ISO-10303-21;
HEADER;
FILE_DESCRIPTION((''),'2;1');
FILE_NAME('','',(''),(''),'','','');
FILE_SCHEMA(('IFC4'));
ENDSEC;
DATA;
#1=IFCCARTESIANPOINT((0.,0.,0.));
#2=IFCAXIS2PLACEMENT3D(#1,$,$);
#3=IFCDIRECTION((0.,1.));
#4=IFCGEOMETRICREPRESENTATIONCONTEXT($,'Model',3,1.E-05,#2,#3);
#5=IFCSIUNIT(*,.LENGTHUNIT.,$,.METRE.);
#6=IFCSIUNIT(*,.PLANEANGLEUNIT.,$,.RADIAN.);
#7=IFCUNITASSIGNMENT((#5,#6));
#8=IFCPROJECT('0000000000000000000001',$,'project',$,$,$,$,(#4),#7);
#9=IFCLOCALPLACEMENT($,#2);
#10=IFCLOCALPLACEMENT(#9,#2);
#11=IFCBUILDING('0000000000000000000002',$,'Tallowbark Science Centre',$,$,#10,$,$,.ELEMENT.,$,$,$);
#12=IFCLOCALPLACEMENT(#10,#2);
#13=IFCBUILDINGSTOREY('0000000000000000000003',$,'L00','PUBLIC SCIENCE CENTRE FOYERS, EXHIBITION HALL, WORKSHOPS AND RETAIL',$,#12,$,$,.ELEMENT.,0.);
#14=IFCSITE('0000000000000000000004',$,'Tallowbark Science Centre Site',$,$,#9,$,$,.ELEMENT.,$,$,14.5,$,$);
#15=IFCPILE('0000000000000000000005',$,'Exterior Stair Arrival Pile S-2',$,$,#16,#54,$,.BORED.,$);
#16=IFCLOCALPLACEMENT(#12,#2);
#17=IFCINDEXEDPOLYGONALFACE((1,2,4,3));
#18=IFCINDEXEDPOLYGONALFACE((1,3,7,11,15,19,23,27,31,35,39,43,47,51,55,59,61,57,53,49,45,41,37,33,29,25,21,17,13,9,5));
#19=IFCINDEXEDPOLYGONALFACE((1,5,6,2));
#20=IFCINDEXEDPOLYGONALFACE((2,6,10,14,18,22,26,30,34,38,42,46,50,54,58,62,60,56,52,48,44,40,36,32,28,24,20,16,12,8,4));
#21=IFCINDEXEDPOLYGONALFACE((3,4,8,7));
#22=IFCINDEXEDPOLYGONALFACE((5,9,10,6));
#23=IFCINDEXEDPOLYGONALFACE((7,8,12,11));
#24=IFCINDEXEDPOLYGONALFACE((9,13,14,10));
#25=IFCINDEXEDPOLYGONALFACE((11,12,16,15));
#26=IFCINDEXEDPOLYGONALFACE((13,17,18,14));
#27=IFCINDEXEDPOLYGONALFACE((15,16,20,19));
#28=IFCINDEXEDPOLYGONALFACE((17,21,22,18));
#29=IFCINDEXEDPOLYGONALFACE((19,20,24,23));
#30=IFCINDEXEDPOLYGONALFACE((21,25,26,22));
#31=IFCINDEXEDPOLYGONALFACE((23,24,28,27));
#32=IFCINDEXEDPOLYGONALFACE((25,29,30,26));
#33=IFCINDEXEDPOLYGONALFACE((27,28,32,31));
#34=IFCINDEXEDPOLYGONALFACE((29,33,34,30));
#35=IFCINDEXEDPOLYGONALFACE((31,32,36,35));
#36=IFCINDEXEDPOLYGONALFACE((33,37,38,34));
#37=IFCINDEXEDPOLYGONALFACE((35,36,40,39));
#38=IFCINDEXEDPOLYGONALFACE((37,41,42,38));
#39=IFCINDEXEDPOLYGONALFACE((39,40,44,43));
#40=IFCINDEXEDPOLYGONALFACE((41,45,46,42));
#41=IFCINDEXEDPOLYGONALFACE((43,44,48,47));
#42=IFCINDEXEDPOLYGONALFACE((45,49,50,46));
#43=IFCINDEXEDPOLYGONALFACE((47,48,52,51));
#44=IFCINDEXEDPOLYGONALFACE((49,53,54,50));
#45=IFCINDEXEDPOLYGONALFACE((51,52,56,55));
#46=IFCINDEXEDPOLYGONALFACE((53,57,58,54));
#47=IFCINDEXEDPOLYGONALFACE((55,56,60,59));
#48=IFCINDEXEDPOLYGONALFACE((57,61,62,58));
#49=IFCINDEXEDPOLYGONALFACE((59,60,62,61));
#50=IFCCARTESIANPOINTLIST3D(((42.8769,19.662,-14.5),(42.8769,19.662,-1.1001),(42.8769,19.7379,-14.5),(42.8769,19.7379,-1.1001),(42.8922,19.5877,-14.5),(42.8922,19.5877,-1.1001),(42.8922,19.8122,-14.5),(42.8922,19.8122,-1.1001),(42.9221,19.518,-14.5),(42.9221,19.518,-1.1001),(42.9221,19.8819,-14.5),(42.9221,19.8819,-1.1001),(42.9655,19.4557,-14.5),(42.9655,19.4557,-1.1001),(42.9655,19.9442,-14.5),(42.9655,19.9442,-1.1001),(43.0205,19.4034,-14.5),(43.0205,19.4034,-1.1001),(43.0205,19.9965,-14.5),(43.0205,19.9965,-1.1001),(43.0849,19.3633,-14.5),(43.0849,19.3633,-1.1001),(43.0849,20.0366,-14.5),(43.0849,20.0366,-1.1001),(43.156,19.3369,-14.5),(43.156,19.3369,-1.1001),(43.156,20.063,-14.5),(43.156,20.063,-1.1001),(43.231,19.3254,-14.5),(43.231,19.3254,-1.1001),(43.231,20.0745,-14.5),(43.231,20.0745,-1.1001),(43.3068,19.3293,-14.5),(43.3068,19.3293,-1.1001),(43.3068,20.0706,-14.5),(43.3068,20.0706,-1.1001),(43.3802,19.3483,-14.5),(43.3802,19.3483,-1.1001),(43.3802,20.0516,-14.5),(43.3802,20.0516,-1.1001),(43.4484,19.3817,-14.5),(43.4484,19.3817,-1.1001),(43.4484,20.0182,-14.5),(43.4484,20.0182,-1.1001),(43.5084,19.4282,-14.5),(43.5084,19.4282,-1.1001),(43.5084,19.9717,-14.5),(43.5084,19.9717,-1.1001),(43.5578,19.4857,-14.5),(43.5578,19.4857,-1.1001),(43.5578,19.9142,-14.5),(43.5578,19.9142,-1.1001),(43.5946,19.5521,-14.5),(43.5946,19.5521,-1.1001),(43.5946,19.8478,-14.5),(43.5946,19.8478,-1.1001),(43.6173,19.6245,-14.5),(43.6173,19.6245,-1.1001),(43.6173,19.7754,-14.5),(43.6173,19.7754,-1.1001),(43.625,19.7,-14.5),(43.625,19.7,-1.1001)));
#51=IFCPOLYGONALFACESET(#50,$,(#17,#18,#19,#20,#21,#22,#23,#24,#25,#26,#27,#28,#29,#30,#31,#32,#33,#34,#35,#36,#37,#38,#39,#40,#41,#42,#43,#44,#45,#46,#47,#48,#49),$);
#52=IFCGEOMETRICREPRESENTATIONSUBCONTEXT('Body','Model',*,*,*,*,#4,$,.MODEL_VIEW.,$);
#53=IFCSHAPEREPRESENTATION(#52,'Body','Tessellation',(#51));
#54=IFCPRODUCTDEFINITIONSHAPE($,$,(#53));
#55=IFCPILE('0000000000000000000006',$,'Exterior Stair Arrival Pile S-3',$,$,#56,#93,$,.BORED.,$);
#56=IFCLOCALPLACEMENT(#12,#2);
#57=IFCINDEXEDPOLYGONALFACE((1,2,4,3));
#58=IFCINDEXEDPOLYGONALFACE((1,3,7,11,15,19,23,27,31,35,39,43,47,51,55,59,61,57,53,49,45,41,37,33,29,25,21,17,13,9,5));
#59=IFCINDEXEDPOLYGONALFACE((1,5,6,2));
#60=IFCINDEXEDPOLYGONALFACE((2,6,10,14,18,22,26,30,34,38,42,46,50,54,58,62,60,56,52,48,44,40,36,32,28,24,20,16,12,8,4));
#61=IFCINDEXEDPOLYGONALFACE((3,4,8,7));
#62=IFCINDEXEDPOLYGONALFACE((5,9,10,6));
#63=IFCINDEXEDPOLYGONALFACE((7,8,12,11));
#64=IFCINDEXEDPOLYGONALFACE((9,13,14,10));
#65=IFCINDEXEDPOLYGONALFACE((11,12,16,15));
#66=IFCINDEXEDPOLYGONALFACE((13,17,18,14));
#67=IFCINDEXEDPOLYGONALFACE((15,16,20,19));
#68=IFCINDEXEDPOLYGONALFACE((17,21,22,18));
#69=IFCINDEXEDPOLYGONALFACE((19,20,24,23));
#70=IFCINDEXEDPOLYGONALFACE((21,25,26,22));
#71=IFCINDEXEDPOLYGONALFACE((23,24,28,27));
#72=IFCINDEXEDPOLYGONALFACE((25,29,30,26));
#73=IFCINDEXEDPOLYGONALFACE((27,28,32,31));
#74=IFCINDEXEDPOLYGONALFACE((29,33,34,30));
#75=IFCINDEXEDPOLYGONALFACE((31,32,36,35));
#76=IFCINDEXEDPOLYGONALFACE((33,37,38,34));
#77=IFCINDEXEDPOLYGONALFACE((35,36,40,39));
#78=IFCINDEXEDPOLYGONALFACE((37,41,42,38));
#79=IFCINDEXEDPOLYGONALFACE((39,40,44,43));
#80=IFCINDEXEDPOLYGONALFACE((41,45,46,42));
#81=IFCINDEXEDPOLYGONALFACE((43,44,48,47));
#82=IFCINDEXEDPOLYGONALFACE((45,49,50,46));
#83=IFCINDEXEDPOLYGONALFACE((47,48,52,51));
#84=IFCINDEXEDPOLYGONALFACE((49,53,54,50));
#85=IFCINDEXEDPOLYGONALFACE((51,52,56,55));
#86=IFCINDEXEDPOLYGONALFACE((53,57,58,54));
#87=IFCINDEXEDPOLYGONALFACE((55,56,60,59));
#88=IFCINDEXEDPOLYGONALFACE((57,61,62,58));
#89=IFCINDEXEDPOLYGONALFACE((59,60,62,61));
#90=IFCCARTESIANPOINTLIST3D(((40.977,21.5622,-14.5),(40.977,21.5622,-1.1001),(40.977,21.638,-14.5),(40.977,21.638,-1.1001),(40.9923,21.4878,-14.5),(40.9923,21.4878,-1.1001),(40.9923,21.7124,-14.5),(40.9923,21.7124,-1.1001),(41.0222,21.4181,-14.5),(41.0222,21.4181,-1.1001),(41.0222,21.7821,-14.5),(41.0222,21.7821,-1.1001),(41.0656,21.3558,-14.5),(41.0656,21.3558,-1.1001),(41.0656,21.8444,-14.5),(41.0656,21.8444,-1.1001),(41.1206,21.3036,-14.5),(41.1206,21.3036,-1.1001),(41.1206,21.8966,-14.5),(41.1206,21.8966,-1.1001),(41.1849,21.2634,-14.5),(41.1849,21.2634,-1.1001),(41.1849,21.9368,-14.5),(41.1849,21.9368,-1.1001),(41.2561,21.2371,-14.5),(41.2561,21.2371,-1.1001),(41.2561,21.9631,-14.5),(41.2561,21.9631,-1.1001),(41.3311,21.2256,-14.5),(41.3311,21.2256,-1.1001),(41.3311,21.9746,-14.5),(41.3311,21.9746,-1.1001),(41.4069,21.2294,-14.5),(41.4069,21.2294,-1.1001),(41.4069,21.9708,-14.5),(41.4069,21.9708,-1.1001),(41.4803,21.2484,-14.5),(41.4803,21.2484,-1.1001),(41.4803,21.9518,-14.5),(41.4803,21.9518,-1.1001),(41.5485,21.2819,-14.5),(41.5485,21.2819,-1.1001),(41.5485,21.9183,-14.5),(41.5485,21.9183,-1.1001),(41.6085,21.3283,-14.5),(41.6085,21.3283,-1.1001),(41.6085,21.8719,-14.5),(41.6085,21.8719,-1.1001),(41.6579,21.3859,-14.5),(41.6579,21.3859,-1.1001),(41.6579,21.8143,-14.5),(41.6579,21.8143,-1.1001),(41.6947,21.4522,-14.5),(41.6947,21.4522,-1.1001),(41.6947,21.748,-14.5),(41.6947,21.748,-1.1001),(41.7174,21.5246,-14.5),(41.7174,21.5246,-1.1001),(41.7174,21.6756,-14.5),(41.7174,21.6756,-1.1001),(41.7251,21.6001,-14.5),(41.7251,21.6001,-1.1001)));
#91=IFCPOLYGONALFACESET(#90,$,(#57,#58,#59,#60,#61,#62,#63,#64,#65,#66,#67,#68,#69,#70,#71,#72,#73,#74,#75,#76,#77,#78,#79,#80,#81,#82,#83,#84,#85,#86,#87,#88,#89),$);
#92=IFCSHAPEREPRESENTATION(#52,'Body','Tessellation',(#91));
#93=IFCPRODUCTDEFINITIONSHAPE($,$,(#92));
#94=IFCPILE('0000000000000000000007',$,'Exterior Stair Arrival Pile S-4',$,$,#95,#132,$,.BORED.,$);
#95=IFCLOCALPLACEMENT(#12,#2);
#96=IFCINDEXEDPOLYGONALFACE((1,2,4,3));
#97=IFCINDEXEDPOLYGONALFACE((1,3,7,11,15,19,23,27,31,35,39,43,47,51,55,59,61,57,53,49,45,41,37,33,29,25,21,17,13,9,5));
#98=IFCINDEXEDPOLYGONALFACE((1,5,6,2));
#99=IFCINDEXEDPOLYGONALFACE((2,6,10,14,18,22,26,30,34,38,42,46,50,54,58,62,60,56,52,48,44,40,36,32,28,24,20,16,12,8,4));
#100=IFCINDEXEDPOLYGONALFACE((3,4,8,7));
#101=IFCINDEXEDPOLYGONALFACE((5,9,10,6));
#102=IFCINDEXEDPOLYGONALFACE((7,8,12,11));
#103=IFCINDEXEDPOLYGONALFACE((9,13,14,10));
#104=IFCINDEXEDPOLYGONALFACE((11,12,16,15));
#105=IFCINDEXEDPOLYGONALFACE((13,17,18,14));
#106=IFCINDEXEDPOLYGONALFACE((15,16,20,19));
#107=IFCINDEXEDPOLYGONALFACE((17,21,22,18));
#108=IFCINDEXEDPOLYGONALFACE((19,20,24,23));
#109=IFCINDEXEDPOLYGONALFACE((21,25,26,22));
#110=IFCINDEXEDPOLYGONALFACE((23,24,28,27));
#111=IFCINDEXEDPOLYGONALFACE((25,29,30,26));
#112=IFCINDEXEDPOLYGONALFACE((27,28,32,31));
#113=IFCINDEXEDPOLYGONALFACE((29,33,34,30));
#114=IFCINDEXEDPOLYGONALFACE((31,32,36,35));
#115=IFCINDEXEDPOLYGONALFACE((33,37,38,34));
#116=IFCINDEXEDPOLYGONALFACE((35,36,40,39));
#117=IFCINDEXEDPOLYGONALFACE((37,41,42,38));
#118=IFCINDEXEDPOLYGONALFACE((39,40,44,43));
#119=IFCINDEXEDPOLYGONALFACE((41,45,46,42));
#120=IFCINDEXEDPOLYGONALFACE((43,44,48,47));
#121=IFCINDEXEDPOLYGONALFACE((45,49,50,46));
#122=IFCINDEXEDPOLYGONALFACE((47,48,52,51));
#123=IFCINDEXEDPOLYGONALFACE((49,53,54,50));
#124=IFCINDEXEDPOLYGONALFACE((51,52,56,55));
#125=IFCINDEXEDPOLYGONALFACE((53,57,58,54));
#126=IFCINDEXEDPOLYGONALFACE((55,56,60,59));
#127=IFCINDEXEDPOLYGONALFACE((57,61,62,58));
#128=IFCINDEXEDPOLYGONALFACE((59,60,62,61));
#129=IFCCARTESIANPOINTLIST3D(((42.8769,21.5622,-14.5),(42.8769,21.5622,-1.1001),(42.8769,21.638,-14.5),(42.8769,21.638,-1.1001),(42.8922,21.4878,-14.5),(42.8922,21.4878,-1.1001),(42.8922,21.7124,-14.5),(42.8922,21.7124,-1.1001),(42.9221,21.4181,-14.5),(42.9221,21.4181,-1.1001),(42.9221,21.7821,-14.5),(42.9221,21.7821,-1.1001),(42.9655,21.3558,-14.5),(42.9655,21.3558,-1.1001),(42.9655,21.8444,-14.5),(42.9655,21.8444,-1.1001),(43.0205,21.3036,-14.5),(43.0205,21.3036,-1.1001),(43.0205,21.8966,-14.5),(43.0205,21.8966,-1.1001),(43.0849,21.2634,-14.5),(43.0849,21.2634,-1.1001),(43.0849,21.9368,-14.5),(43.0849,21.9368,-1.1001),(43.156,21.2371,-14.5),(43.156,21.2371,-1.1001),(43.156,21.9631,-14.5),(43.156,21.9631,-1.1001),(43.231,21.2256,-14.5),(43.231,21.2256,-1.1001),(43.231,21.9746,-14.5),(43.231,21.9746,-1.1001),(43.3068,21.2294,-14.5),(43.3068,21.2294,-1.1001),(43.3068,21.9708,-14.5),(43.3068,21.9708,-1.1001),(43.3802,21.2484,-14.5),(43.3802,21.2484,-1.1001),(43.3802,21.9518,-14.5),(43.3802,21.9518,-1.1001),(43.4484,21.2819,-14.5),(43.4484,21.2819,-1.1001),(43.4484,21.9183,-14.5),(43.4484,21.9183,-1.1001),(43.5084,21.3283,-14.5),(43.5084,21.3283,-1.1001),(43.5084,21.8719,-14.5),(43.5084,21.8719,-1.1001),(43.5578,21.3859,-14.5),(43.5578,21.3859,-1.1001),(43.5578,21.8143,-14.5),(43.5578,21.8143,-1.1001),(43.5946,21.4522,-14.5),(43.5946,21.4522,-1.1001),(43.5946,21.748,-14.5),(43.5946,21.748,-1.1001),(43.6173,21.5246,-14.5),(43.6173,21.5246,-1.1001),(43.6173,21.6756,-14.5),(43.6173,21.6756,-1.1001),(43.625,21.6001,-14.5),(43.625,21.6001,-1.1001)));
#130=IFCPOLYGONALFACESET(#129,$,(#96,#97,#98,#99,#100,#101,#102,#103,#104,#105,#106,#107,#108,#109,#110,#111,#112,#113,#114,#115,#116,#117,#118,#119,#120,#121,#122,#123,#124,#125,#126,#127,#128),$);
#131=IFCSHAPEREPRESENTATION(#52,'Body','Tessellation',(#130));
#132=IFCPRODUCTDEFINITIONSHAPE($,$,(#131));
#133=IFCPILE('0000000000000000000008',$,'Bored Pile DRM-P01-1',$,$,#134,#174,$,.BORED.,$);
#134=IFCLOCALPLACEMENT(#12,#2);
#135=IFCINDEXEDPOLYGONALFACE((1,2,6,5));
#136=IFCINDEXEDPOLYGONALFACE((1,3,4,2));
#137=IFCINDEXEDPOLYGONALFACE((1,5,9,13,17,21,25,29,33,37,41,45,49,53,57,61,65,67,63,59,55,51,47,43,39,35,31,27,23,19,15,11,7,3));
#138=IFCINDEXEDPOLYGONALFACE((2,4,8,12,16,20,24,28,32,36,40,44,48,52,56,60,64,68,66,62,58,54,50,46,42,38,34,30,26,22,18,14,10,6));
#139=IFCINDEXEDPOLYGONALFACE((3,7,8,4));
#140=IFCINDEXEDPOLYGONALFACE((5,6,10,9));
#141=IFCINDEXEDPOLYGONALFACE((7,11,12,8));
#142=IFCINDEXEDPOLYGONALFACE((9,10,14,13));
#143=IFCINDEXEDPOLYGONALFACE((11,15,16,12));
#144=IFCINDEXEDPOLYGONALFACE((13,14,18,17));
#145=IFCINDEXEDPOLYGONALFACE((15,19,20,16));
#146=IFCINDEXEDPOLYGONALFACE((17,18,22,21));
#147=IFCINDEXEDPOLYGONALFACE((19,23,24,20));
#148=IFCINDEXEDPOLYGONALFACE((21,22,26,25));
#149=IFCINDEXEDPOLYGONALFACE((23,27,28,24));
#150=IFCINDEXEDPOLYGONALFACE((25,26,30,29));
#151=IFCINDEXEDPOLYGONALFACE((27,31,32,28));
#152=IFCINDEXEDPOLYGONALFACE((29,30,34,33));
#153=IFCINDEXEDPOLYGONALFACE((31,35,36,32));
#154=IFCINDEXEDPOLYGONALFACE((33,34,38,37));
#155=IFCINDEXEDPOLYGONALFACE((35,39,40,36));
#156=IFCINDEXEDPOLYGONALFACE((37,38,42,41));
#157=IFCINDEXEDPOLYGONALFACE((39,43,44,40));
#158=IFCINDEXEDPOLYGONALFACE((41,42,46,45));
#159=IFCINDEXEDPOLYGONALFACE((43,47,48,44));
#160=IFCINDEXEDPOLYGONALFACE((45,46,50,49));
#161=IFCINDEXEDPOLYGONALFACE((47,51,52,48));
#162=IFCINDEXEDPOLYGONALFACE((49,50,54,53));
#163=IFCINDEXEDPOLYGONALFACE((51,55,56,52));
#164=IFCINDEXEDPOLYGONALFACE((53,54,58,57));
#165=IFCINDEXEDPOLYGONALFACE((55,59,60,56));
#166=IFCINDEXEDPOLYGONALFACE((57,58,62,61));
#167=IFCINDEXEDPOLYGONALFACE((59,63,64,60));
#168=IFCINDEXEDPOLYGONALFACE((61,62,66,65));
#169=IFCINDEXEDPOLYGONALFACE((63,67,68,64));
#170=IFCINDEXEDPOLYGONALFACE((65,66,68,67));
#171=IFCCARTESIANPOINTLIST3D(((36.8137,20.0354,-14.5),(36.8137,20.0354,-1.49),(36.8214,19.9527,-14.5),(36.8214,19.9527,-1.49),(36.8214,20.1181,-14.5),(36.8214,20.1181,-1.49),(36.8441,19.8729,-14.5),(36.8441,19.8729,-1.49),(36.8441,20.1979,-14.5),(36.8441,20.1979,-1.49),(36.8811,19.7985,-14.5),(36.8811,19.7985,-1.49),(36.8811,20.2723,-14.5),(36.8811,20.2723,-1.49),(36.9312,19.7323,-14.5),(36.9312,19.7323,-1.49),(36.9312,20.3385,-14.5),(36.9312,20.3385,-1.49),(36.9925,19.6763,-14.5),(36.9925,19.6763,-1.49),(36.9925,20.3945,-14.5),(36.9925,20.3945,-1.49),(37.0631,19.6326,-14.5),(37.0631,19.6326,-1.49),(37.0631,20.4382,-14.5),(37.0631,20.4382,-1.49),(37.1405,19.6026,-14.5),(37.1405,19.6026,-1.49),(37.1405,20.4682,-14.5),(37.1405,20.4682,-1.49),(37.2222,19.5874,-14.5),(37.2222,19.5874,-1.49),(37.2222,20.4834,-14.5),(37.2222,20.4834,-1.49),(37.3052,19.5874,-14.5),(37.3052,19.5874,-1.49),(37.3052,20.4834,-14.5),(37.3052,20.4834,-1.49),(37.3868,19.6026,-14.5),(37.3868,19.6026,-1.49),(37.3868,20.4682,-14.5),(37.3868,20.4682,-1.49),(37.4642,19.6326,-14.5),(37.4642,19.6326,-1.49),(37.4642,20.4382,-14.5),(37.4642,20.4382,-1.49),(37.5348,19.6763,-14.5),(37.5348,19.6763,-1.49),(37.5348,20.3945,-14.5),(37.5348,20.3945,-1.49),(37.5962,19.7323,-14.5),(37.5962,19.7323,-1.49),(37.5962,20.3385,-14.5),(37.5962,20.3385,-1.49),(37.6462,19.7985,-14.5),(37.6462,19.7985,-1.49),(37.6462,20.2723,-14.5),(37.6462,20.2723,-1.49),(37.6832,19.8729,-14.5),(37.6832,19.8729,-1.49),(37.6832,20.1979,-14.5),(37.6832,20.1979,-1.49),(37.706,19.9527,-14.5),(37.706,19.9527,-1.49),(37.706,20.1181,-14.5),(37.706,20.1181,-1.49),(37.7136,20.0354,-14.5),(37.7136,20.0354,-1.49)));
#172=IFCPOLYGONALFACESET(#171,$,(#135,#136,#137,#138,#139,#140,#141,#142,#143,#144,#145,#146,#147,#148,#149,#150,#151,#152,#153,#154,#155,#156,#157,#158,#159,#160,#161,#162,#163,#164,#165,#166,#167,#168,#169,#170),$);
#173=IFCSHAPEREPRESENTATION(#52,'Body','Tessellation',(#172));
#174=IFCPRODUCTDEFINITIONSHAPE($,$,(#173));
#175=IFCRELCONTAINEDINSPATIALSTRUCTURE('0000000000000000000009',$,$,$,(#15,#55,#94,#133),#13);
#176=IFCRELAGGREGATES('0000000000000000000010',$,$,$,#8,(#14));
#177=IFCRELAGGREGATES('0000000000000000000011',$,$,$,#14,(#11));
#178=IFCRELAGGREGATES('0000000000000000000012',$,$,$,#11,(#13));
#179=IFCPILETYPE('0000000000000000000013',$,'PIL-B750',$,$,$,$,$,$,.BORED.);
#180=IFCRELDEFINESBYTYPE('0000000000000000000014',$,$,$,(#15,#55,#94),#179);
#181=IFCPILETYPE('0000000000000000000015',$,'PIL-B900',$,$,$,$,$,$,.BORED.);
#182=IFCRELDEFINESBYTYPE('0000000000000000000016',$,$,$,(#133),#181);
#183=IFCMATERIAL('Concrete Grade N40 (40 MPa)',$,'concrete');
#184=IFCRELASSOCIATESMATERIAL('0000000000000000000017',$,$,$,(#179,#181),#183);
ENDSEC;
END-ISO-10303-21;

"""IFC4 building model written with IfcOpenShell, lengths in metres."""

from ifc_helpers import new_model, si_unit, direction, frame, origin, origin_2d, place, context, subcontext, project, spatial, circle, extrude, material, material_profile, profile_set, type_object, element, save


model = new_model("IFC4")

# Units and contexts
model_context = context("Model", 3, precision=1e-05, world=origin(), true_north=direction((0.0, 1.0)))
body_context = subcontext(model_context, "Body", "Model", "MODEL_VIEW")
ifc_project = project(units=[si_unit("LENGTHUNIT", "METRE"), si_unit("PLANEANGLEUNIT", "RADIAN")], contexts=[model_context])

# Site, building, storey
site_placement = place(None, origin())
site = spatial("IfcSite", under=ifc_project, at=site_placement, Name="Tallowbark Science Centre Site", CompositionType="ELEMENT", RefElevation=14.5)
building_placement = place(site_placement, origin())
building = spatial("IfcBuilding", under=site, at=building_placement, Name="Tallowbark Science Centre", CompositionType="ELEMENT")
storey_placement = place(building_placement, origin())
storey = spatial("IfcBuildingStorey", under=building, at=storey_placement, Name="L00", Description="PUBLIC SCIENCE CENTRE FOYERS, EXHIBITION HALL, WORKSHOPS AND RETAIL", CompositionType="ELEMENT", Elevation=0.0)

# Shared definitions
ifc_material_1 = material(Name="Concrete Grade N40 (40 MPa)", Category="concrete")

# Piles
ifc_material_profile_1 = material_profile(ifc_material_1, circle(Radius=0.375, at=origin_2d()), Name="PILE750")
ifc_profile_set_1 = profile_set([ifc_material_profile_1], Name="Concrete Grade N40 (40 MPa)")
pile_type_1 = type_object("IfcPileType", Name="PIL-B750", PredefinedType="BORED", material=ifc_profile_set_1)
for number, where, z_axis, x_axis, name in (
    (1, (43.25, 19.7, -1.1001), (0.0, 0.0, -1.0), (1.0, 0.0, 0.0), "Exterior Stair Arrival Pile S-2"),
    (2, (41.3501, 21.6001, -1.1001), (0.0, 0.0, -1.0), (1.0, 0.0, 0.0), "Exterior Stair Arrival Pile S-3"),
    (3, (43.25, 21.6001, -1.1001), (0.0, 0.0, -1.0), (1.0, 0.0, 0.0), "Exterior Stair Arrival Pile S-4"),
):
    element("IfcPile", number, at=place(storey_placement, frame(where, z_axis=z_axis, x_axis=x_axis)), inside=storey, type_object=pile_type_1, Name=name, PredefinedType="BORED", context=body_context, shape_type="SweptSolid", body=[
        extrude(circle(Radius=0.375, at=origin_2d()), origin(), (0.0, 0.0, 1.0), 13.3999),
    ])
ifc_material_profile_2 = material_profile(ifc_material_1, circle(Radius=0.45, at=origin_2d()), Name="PILE900")
ifc_profile_set_2 = profile_set([ifc_material_profile_2], Name="Concrete Grade N40 (40 MPa)")
pile_type_2 = type_object("IfcPileType", Name="PIL-B900", PredefinedType="BORED", material=ifc_profile_set_2)
for number, where, z_axis, x_axis, name in (
    (4, (37.2637, 20.0354, -1.49), (0.0, 0.0, -1.0), (1.0, 0.0, 0.0), "Bored Pile DRM-P01-1"),
):
    element("IfcPile", number, at=place(storey_placement, frame(where, z_axis=z_axis, x_axis=x_axis)), inside=storey, type_object=pile_type_2, Name=name, PredefinedType="BORED", context=body_context, shape_type="SweptSolid", body=[
        extrude(circle(Radius=0.45, at=origin_2d()), origin(), (0.0, 0.0, 1.0), 13.01),
    ])

save(model, "model.ifc")
